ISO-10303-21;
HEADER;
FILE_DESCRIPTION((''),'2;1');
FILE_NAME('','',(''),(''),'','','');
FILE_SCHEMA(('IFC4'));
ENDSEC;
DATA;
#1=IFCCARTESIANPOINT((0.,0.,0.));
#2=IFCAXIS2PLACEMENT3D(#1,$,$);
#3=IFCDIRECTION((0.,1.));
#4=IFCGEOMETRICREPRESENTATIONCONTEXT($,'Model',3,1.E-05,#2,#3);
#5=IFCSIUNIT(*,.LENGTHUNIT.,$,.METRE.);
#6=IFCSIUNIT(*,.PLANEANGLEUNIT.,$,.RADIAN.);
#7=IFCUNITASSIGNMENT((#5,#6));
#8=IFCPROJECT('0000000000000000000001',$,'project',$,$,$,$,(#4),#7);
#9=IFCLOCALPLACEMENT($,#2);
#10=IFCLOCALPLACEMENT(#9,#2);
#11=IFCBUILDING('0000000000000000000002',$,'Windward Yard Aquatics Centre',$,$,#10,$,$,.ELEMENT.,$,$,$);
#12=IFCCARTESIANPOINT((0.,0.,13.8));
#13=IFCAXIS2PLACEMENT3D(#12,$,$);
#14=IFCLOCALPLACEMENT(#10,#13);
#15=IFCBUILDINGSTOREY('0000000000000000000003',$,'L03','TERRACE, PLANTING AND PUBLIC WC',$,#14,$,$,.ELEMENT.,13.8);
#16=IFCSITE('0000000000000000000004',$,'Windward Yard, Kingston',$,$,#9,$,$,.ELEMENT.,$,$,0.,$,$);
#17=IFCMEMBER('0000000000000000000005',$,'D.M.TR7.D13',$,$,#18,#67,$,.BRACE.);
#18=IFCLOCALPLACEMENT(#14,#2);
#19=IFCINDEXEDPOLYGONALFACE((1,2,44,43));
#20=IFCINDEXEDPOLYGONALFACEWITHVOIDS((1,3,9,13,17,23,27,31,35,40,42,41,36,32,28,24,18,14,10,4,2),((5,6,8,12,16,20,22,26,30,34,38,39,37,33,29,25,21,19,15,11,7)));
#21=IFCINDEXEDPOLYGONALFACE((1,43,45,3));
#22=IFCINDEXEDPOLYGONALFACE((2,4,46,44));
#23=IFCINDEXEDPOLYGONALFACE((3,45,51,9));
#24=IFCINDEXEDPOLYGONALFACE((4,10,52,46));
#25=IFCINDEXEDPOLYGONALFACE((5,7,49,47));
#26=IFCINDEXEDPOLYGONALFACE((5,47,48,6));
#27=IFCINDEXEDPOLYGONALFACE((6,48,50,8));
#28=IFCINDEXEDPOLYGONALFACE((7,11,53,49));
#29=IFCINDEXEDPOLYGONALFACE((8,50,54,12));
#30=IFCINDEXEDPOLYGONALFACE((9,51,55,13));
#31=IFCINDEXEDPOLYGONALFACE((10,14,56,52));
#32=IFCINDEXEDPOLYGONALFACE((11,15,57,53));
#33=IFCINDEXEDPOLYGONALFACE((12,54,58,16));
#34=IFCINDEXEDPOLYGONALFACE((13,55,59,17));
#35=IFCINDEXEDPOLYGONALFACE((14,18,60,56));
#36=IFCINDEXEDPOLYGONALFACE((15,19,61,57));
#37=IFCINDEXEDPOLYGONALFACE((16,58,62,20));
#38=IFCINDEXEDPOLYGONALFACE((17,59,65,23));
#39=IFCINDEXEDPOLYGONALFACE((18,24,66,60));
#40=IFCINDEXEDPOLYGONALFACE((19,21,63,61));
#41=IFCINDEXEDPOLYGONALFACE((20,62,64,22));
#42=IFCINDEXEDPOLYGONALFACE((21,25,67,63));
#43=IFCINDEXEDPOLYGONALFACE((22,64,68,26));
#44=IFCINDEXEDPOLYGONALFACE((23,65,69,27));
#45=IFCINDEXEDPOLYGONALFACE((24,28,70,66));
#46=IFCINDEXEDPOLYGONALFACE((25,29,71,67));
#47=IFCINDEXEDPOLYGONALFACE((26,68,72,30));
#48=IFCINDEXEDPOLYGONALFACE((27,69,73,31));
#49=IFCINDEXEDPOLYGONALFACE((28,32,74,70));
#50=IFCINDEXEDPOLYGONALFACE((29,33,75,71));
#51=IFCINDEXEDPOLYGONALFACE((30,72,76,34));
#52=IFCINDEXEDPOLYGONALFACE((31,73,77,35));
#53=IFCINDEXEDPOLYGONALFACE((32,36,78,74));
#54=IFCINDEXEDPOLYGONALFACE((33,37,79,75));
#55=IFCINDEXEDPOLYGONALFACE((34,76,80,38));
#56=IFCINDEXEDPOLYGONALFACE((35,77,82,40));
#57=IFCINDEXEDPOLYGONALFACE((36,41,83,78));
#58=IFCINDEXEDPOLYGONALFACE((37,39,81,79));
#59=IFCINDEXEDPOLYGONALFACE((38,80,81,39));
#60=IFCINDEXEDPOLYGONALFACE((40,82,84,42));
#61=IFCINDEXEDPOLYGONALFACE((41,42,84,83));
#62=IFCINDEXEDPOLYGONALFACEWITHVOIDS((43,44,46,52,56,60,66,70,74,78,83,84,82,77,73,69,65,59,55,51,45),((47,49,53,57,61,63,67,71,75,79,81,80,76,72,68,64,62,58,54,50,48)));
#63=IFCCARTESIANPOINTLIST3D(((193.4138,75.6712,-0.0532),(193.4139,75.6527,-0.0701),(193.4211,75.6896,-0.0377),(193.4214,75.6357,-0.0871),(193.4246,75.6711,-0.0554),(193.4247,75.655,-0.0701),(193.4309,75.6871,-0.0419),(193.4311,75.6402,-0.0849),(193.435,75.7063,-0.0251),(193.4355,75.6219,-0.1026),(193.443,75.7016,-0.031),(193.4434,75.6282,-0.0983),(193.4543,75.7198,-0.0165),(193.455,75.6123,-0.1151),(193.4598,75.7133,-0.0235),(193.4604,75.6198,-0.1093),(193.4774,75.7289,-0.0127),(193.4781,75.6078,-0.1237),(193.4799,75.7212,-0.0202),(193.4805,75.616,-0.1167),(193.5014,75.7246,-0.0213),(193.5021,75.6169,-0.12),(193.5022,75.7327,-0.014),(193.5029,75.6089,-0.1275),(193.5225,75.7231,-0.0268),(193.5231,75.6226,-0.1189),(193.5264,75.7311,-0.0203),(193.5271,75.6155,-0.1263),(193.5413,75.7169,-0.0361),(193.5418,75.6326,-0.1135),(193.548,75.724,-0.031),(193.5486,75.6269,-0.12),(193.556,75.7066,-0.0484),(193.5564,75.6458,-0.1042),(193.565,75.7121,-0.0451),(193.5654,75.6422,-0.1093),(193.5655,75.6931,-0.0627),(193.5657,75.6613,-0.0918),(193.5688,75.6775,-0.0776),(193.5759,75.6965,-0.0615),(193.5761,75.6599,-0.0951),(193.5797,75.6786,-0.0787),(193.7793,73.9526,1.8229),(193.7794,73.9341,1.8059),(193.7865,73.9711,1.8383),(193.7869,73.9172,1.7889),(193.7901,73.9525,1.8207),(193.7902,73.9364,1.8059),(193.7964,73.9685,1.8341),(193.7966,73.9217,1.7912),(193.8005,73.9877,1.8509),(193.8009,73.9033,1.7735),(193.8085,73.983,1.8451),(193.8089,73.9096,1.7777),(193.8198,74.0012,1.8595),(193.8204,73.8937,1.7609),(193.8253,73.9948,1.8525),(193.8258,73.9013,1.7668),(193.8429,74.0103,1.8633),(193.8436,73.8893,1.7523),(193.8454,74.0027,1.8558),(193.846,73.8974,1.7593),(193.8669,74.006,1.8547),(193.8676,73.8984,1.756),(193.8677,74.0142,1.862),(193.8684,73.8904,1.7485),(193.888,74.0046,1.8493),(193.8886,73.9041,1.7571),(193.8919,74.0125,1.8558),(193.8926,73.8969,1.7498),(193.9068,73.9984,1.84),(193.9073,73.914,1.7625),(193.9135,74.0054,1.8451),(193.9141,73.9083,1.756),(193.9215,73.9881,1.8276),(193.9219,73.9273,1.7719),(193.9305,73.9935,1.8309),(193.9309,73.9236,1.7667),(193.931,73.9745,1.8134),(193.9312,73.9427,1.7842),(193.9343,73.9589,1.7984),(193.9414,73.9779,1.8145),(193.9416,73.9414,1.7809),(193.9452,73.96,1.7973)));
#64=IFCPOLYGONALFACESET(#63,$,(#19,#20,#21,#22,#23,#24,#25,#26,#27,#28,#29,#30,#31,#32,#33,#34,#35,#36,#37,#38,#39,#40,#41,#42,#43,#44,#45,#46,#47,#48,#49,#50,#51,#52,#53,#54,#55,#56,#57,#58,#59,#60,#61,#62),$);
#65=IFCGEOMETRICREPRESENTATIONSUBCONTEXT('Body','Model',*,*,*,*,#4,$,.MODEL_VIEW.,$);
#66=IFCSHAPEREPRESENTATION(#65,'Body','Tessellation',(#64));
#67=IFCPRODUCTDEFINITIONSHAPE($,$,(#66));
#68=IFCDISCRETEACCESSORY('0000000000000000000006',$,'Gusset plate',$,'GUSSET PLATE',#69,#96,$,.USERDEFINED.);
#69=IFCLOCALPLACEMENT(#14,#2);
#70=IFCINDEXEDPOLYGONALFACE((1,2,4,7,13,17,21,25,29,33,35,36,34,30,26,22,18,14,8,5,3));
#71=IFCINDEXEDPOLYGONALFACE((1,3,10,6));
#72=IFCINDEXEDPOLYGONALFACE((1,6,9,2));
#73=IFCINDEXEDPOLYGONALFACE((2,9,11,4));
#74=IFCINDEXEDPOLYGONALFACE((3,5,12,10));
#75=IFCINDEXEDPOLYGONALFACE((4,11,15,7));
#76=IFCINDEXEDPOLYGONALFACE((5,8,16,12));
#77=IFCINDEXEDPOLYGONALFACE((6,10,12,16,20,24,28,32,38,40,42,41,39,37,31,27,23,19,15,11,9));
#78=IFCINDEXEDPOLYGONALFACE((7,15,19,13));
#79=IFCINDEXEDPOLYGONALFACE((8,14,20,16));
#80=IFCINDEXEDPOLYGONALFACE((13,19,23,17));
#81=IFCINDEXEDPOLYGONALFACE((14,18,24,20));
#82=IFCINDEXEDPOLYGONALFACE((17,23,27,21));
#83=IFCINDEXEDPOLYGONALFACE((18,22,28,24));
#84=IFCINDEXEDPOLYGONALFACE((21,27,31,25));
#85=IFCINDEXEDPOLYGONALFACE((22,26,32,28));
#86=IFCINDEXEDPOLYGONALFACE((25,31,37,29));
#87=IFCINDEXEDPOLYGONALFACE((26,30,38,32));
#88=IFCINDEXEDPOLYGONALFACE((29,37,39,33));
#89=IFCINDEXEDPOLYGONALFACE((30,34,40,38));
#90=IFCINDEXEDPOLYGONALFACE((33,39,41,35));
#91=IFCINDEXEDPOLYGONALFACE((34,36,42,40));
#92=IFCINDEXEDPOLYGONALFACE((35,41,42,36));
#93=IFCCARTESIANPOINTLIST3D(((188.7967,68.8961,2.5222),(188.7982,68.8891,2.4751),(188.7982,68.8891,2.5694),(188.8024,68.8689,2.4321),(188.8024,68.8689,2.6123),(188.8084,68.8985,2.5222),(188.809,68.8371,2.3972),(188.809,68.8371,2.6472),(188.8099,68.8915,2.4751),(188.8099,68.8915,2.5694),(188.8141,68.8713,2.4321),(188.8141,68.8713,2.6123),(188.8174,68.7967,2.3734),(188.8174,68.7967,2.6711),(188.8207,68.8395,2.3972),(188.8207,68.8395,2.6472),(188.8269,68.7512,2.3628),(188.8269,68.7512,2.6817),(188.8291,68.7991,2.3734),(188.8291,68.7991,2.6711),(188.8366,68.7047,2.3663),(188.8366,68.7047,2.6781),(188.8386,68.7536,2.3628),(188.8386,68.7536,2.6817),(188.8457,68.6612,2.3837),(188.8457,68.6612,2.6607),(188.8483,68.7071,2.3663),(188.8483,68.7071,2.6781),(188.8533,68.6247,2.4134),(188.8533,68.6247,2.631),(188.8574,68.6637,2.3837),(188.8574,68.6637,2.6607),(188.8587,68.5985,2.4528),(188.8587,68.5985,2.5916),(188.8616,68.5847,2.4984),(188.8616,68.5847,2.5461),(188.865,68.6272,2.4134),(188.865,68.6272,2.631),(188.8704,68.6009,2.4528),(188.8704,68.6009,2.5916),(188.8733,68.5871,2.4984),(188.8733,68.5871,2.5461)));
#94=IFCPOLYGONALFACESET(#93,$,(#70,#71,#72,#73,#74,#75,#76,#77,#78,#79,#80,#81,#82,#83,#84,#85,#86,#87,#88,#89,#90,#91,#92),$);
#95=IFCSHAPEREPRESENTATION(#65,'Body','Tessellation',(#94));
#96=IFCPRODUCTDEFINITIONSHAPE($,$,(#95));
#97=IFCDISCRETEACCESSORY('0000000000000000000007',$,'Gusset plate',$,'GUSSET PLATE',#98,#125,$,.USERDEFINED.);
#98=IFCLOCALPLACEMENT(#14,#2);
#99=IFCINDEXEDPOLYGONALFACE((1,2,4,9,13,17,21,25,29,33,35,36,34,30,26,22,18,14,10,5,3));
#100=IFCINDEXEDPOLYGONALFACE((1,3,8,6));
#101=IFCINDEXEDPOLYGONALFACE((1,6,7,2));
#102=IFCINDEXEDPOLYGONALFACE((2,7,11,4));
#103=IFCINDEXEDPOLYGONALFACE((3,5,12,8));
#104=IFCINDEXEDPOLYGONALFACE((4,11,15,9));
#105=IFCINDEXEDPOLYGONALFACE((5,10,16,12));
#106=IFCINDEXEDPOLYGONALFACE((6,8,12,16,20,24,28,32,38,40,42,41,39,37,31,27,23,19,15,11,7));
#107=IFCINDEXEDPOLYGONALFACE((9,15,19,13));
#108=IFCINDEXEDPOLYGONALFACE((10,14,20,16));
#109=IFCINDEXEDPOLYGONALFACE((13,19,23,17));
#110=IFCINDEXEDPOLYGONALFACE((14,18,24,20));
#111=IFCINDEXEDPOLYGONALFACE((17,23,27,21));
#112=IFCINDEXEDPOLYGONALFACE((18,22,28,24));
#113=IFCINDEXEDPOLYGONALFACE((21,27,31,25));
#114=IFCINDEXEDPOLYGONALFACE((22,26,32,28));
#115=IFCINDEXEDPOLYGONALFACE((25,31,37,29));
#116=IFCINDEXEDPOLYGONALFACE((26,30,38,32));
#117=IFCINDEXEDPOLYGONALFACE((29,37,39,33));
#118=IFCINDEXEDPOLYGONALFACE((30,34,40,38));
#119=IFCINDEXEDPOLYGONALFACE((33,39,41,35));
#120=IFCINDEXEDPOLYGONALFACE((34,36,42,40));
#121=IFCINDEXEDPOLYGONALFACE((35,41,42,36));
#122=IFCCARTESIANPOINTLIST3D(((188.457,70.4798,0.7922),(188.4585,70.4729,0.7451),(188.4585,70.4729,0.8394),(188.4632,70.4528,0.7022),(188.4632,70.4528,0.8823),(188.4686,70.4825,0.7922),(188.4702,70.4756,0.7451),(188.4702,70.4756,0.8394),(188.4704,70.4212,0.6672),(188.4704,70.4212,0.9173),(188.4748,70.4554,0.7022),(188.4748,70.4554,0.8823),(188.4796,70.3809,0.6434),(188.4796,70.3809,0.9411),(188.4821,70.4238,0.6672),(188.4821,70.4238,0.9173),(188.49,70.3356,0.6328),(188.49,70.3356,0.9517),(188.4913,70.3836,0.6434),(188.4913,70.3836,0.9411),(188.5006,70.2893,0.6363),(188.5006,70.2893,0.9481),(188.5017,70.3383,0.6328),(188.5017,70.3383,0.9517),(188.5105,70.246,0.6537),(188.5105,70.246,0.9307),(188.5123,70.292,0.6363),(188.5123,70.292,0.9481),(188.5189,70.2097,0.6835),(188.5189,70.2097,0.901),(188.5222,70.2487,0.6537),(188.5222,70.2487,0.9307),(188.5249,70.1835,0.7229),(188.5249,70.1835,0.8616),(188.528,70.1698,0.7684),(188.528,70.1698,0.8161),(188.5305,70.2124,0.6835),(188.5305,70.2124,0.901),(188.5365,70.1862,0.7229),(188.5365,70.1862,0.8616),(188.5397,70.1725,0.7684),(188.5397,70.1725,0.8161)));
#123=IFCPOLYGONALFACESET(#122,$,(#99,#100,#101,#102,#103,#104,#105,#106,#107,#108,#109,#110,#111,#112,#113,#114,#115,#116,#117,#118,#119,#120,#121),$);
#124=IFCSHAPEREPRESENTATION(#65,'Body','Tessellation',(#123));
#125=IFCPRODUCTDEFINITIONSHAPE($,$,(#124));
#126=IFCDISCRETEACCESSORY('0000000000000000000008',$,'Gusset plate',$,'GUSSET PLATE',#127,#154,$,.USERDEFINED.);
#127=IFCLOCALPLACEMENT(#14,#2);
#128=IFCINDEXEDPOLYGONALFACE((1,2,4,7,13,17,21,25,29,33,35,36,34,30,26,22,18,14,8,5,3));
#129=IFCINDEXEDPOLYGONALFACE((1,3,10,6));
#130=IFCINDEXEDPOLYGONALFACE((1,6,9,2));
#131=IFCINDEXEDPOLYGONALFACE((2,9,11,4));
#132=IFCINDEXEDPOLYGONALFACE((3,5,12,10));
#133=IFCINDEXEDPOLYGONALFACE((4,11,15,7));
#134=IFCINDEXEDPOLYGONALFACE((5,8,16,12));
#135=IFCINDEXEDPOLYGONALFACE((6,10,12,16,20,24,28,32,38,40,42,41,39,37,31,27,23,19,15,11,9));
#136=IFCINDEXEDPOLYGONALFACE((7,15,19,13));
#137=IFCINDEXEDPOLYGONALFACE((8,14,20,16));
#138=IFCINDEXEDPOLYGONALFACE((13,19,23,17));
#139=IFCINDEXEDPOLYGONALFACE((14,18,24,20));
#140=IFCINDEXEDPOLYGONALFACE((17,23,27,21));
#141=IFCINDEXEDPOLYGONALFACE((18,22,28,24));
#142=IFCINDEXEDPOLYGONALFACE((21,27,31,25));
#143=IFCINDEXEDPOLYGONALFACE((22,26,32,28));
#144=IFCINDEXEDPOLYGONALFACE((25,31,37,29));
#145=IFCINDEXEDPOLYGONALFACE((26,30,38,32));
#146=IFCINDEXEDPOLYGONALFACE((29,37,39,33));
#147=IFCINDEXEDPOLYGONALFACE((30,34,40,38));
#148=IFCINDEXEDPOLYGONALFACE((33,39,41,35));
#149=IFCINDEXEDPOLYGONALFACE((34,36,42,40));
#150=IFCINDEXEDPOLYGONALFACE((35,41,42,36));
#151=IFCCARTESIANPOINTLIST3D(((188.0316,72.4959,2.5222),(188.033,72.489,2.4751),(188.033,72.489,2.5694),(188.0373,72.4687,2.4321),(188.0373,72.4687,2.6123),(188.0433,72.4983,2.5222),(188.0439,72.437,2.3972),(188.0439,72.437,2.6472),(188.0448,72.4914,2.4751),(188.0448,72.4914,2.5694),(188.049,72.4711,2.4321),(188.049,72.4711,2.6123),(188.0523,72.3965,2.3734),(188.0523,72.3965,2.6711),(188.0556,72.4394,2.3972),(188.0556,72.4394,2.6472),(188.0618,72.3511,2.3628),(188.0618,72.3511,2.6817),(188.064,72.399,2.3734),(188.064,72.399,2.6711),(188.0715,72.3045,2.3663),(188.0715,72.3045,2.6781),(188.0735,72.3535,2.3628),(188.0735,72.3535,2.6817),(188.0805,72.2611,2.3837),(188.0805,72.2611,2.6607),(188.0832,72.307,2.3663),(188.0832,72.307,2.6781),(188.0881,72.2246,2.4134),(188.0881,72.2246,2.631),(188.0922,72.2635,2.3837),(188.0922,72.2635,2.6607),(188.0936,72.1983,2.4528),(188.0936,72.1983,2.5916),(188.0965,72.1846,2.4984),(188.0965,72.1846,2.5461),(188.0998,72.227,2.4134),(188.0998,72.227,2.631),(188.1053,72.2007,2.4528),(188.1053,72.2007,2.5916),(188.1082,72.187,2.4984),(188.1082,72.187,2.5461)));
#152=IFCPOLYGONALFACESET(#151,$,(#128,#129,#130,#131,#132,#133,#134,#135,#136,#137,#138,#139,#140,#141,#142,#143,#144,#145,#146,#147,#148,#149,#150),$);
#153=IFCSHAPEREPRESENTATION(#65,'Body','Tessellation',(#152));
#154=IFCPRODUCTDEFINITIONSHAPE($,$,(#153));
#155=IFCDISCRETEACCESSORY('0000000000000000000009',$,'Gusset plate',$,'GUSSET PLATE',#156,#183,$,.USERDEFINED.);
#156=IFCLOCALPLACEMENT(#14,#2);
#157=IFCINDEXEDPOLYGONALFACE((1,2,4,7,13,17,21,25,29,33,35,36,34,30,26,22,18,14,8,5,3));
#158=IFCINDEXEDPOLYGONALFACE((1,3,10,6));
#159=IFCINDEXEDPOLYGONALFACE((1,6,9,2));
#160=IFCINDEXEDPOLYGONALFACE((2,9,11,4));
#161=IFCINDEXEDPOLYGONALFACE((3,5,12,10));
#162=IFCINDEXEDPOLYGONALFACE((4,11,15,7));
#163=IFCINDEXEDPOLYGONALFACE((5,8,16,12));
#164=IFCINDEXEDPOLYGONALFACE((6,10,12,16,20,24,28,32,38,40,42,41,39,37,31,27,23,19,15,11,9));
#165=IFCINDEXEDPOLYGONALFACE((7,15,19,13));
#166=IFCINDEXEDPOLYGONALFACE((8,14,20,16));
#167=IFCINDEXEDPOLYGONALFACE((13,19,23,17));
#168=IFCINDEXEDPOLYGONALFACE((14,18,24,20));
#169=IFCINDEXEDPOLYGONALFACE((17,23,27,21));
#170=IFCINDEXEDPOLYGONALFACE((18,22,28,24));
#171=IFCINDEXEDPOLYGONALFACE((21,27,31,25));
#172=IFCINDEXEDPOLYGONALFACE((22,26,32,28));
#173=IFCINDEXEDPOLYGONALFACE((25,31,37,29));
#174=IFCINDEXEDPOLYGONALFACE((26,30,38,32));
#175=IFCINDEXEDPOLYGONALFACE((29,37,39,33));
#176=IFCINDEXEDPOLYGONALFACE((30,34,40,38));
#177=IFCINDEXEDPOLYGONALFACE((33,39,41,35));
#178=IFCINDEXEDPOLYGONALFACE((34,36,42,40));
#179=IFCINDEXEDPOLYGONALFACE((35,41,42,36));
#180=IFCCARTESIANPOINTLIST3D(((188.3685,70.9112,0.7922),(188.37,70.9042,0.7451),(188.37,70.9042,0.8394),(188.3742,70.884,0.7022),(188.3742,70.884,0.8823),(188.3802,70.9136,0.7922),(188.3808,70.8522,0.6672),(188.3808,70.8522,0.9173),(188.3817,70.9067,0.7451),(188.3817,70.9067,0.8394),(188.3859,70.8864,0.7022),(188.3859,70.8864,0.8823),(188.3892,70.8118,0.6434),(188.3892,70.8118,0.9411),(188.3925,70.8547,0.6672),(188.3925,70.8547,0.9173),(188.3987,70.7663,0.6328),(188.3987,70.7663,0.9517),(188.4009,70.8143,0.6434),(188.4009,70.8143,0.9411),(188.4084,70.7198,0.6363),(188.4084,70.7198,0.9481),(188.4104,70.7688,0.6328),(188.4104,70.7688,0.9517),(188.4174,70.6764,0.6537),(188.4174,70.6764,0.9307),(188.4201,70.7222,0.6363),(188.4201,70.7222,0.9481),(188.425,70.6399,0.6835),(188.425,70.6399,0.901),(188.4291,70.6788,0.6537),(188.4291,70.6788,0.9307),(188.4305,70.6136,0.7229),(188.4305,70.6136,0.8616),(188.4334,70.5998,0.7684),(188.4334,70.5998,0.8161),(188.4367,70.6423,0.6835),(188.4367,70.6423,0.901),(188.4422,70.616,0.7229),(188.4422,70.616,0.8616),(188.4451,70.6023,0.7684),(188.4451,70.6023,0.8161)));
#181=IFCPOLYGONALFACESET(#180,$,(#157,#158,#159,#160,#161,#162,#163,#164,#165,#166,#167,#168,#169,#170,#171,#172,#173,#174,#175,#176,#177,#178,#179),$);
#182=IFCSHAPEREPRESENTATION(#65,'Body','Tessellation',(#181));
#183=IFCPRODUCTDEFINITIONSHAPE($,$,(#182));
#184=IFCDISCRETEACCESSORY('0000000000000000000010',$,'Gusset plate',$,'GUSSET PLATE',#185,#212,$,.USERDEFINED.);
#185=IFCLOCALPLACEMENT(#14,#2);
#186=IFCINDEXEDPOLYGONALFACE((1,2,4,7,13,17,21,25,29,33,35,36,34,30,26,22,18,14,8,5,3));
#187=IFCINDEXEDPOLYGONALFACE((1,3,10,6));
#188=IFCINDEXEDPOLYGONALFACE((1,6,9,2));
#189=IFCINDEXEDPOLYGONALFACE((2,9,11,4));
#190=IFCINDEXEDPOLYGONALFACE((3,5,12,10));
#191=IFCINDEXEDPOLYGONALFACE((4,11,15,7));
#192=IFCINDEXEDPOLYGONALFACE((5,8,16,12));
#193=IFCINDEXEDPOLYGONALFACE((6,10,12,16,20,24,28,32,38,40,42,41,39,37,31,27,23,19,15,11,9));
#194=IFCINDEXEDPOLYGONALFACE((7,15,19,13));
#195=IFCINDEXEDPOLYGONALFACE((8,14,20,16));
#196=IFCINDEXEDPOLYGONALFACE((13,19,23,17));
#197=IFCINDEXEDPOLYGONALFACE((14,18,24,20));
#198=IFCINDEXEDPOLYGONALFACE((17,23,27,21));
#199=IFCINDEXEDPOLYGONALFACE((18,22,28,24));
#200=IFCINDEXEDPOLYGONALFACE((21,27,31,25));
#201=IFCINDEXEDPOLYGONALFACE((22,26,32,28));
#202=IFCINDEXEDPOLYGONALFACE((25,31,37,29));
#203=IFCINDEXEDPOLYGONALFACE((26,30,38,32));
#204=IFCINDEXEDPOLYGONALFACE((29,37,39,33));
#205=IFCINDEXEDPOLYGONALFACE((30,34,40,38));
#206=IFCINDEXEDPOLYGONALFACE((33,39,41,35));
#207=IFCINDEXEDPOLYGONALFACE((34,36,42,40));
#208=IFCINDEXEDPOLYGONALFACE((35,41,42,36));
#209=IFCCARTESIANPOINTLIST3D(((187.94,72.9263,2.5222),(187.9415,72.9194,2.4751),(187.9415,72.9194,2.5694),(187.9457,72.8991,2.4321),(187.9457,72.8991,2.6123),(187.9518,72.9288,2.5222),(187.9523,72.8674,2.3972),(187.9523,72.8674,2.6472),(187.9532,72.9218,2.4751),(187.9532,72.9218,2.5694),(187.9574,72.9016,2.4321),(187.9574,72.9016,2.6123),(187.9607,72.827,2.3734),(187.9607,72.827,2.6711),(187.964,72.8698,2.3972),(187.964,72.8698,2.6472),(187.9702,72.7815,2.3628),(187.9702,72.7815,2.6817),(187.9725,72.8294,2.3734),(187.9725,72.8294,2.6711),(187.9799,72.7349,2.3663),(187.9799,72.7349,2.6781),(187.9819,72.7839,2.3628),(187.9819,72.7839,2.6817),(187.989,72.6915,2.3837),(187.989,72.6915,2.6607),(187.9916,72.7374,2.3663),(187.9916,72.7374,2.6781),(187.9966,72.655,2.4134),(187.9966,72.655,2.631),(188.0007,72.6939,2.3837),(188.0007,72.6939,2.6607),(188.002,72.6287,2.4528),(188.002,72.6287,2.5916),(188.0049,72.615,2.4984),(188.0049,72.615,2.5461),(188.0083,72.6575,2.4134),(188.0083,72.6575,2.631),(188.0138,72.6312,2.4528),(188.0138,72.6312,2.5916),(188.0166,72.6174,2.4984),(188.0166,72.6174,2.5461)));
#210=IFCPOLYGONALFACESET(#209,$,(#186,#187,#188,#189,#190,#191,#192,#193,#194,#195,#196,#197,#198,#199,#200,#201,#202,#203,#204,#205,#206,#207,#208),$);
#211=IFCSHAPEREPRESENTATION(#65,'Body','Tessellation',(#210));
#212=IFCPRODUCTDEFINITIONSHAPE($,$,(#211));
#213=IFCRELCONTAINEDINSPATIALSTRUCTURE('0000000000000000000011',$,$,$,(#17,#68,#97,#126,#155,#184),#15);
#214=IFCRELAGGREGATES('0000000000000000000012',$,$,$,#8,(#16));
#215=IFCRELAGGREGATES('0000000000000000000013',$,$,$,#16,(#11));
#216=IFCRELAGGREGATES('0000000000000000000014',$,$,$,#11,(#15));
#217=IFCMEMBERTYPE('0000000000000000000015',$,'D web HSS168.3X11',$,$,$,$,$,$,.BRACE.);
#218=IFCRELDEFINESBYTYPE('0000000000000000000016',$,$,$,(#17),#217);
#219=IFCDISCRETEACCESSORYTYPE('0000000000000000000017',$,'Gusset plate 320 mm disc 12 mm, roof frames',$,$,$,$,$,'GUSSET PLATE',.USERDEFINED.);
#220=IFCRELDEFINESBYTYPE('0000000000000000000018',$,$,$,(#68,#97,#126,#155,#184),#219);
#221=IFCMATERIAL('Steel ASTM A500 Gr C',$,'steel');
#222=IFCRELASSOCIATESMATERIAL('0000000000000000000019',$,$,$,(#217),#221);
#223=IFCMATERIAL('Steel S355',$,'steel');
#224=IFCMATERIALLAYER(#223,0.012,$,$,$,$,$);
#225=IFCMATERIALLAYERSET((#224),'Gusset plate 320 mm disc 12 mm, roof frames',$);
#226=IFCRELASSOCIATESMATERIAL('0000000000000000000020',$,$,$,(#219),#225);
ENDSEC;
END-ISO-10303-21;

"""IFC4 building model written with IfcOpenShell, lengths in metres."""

from ifc_helpers import new_model, si_unit, direction, frame, origin, origin_2d, place, context, subcontext, project, spatial, circle, hollow_circle, extrude, material, layer, layer_set, material_profile, profile_set, type_object, element, save


model = new_model("IFC4")

# Units and contexts
model_context = context("Model", 3, precision=1e-05, world=origin(), true_north=direction((0.0, 1.0)))
body_context = subcontext(model_context, "Body", "Model", "MODEL_VIEW")
ifc_project = project(units=[si_unit("LENGTHUNIT", "METRE"), si_unit("PLANEANGLEUNIT", "RADIAN")], contexts=[model_context])

# Site, building, storey
site_placement = place(None, origin())
site = spatial("IfcSite", under=ifc_project, at=site_placement, Name="Windward Yard, Kingston", CompositionType="ELEMENT", RefElevation=0.0)
building_placement = place(site_placement, origin())
building = spatial("IfcBuilding", under=site, at=building_placement, Name="Windward Yard Aquatics Centre", CompositionType="ELEMENT")
storey_placement = place(building_placement, frame((0.0, 0.0, 13.8)))
storey = spatial("IfcBuildingStorey", under=building, at=storey_placement, Name="L03", Description="TERRACE, PLANTING AND PUBLIC WC", CompositionType="ELEMENT", Elevation=13.8)

# Member
ifc_material_1 = material(Name="Steel ASTM A500 Gr C", Category="steel")
ifc_material_profile_1 = material_profile(ifc_material_1, hollow_circle(Radius=0.0842, WallThickness=0.011, at=origin_2d()), Name="HSS168.3X11")
ifc_profile_set_1 = profile_set([ifc_material_profile_1], Name="Steel ASTM A500 Gr C")
member_type_1 = type_object("IfcMemberType", Name="D web HSS168.3X11", PredefinedType="BRACE", material=ifc_profile_set_1)
member_1_placement = place(storey_placement, frame((193.8618, 73.9517, 1.8059), z_axis=(-0.142196, 0.668617, -0.729884), x_axis=(-0.978125, -0.20802, 0.0)))
element("IfcMember", 1, at=member_1_placement, inside=storey, type_object=member_type_1, Name="D.M.TR7.D13", PredefinedType="BRACE", context=body_context, shape_type="SweptSolid", body=[
    extrude(hollow_circle(Radius=0.0842, WallThickness=0.011, at=origin_2d()), origin(), (0.0, 0.0, 1.0), 2.5703),
])

# Discrete accessories
ifc_material_2 = material(Name="Steel S355", Category="steel")
ifc_layer = layer(ifc_material_2, 0.012)
ifc_layer_set = layer_set([ifc_layer], Name="Gusset plate 320 mm disc 12 mm, roof frames")
discrete_accessory_type = type_object("IfcDiscreteAccessoryType", Name="Gusset plate 320 mm disc 12 mm, roof frames", ElementType="GUSSET PLATE", PredefinedType="USERDEFINED", material=ifc_layer_set)
for number, where, z_axis, x_axis, name in (
    (2, (188.8293, 68.7395, 2.5222), (0.97898, 0.203954, 0.0), (-0.203954, 0.97898, 0.0), "Gusset plate"),
    (3, (188.4927, 70.324, 0.7922), (0.974732, 0.223376, 0.0), (-0.223376, 0.974732, 0.0), "Gusset plate"),
    (4, (188.0642, 72.3394, 2.5222), (0.97898, 0.203954, 0.0), (-0.203954, 0.97898, 0.0), "Gusset plate"),
    (5, (188.4011, 70.7546, 0.7922), (0.97898, 0.203954, 0.0), (-0.203954, 0.97898, 0.0), "Gusset plate"),
    (6, (187.9727, 72.7698, 2.5222), (0.97898, 0.203954, 0.0), (-0.203954, 0.97898, 0.0), "Gusset plate"),
):
    element("IfcDiscreteAccessory", number, at=place(storey_placement, frame(where, z_axis=z_axis, x_axis=x_axis)), inside=storey, type_object=discrete_accessory_type, Name=name, ObjectType="GUSSET PLATE", PredefinedType="USERDEFINED", context=body_context, shape_type="SweptSolid", body=[
        extrude(circle(Radius=0.1599, at=origin_2d()), origin(), (0.0, 0.0, 1.0), 0.012),
    ])

save(model, "model.ifc")
